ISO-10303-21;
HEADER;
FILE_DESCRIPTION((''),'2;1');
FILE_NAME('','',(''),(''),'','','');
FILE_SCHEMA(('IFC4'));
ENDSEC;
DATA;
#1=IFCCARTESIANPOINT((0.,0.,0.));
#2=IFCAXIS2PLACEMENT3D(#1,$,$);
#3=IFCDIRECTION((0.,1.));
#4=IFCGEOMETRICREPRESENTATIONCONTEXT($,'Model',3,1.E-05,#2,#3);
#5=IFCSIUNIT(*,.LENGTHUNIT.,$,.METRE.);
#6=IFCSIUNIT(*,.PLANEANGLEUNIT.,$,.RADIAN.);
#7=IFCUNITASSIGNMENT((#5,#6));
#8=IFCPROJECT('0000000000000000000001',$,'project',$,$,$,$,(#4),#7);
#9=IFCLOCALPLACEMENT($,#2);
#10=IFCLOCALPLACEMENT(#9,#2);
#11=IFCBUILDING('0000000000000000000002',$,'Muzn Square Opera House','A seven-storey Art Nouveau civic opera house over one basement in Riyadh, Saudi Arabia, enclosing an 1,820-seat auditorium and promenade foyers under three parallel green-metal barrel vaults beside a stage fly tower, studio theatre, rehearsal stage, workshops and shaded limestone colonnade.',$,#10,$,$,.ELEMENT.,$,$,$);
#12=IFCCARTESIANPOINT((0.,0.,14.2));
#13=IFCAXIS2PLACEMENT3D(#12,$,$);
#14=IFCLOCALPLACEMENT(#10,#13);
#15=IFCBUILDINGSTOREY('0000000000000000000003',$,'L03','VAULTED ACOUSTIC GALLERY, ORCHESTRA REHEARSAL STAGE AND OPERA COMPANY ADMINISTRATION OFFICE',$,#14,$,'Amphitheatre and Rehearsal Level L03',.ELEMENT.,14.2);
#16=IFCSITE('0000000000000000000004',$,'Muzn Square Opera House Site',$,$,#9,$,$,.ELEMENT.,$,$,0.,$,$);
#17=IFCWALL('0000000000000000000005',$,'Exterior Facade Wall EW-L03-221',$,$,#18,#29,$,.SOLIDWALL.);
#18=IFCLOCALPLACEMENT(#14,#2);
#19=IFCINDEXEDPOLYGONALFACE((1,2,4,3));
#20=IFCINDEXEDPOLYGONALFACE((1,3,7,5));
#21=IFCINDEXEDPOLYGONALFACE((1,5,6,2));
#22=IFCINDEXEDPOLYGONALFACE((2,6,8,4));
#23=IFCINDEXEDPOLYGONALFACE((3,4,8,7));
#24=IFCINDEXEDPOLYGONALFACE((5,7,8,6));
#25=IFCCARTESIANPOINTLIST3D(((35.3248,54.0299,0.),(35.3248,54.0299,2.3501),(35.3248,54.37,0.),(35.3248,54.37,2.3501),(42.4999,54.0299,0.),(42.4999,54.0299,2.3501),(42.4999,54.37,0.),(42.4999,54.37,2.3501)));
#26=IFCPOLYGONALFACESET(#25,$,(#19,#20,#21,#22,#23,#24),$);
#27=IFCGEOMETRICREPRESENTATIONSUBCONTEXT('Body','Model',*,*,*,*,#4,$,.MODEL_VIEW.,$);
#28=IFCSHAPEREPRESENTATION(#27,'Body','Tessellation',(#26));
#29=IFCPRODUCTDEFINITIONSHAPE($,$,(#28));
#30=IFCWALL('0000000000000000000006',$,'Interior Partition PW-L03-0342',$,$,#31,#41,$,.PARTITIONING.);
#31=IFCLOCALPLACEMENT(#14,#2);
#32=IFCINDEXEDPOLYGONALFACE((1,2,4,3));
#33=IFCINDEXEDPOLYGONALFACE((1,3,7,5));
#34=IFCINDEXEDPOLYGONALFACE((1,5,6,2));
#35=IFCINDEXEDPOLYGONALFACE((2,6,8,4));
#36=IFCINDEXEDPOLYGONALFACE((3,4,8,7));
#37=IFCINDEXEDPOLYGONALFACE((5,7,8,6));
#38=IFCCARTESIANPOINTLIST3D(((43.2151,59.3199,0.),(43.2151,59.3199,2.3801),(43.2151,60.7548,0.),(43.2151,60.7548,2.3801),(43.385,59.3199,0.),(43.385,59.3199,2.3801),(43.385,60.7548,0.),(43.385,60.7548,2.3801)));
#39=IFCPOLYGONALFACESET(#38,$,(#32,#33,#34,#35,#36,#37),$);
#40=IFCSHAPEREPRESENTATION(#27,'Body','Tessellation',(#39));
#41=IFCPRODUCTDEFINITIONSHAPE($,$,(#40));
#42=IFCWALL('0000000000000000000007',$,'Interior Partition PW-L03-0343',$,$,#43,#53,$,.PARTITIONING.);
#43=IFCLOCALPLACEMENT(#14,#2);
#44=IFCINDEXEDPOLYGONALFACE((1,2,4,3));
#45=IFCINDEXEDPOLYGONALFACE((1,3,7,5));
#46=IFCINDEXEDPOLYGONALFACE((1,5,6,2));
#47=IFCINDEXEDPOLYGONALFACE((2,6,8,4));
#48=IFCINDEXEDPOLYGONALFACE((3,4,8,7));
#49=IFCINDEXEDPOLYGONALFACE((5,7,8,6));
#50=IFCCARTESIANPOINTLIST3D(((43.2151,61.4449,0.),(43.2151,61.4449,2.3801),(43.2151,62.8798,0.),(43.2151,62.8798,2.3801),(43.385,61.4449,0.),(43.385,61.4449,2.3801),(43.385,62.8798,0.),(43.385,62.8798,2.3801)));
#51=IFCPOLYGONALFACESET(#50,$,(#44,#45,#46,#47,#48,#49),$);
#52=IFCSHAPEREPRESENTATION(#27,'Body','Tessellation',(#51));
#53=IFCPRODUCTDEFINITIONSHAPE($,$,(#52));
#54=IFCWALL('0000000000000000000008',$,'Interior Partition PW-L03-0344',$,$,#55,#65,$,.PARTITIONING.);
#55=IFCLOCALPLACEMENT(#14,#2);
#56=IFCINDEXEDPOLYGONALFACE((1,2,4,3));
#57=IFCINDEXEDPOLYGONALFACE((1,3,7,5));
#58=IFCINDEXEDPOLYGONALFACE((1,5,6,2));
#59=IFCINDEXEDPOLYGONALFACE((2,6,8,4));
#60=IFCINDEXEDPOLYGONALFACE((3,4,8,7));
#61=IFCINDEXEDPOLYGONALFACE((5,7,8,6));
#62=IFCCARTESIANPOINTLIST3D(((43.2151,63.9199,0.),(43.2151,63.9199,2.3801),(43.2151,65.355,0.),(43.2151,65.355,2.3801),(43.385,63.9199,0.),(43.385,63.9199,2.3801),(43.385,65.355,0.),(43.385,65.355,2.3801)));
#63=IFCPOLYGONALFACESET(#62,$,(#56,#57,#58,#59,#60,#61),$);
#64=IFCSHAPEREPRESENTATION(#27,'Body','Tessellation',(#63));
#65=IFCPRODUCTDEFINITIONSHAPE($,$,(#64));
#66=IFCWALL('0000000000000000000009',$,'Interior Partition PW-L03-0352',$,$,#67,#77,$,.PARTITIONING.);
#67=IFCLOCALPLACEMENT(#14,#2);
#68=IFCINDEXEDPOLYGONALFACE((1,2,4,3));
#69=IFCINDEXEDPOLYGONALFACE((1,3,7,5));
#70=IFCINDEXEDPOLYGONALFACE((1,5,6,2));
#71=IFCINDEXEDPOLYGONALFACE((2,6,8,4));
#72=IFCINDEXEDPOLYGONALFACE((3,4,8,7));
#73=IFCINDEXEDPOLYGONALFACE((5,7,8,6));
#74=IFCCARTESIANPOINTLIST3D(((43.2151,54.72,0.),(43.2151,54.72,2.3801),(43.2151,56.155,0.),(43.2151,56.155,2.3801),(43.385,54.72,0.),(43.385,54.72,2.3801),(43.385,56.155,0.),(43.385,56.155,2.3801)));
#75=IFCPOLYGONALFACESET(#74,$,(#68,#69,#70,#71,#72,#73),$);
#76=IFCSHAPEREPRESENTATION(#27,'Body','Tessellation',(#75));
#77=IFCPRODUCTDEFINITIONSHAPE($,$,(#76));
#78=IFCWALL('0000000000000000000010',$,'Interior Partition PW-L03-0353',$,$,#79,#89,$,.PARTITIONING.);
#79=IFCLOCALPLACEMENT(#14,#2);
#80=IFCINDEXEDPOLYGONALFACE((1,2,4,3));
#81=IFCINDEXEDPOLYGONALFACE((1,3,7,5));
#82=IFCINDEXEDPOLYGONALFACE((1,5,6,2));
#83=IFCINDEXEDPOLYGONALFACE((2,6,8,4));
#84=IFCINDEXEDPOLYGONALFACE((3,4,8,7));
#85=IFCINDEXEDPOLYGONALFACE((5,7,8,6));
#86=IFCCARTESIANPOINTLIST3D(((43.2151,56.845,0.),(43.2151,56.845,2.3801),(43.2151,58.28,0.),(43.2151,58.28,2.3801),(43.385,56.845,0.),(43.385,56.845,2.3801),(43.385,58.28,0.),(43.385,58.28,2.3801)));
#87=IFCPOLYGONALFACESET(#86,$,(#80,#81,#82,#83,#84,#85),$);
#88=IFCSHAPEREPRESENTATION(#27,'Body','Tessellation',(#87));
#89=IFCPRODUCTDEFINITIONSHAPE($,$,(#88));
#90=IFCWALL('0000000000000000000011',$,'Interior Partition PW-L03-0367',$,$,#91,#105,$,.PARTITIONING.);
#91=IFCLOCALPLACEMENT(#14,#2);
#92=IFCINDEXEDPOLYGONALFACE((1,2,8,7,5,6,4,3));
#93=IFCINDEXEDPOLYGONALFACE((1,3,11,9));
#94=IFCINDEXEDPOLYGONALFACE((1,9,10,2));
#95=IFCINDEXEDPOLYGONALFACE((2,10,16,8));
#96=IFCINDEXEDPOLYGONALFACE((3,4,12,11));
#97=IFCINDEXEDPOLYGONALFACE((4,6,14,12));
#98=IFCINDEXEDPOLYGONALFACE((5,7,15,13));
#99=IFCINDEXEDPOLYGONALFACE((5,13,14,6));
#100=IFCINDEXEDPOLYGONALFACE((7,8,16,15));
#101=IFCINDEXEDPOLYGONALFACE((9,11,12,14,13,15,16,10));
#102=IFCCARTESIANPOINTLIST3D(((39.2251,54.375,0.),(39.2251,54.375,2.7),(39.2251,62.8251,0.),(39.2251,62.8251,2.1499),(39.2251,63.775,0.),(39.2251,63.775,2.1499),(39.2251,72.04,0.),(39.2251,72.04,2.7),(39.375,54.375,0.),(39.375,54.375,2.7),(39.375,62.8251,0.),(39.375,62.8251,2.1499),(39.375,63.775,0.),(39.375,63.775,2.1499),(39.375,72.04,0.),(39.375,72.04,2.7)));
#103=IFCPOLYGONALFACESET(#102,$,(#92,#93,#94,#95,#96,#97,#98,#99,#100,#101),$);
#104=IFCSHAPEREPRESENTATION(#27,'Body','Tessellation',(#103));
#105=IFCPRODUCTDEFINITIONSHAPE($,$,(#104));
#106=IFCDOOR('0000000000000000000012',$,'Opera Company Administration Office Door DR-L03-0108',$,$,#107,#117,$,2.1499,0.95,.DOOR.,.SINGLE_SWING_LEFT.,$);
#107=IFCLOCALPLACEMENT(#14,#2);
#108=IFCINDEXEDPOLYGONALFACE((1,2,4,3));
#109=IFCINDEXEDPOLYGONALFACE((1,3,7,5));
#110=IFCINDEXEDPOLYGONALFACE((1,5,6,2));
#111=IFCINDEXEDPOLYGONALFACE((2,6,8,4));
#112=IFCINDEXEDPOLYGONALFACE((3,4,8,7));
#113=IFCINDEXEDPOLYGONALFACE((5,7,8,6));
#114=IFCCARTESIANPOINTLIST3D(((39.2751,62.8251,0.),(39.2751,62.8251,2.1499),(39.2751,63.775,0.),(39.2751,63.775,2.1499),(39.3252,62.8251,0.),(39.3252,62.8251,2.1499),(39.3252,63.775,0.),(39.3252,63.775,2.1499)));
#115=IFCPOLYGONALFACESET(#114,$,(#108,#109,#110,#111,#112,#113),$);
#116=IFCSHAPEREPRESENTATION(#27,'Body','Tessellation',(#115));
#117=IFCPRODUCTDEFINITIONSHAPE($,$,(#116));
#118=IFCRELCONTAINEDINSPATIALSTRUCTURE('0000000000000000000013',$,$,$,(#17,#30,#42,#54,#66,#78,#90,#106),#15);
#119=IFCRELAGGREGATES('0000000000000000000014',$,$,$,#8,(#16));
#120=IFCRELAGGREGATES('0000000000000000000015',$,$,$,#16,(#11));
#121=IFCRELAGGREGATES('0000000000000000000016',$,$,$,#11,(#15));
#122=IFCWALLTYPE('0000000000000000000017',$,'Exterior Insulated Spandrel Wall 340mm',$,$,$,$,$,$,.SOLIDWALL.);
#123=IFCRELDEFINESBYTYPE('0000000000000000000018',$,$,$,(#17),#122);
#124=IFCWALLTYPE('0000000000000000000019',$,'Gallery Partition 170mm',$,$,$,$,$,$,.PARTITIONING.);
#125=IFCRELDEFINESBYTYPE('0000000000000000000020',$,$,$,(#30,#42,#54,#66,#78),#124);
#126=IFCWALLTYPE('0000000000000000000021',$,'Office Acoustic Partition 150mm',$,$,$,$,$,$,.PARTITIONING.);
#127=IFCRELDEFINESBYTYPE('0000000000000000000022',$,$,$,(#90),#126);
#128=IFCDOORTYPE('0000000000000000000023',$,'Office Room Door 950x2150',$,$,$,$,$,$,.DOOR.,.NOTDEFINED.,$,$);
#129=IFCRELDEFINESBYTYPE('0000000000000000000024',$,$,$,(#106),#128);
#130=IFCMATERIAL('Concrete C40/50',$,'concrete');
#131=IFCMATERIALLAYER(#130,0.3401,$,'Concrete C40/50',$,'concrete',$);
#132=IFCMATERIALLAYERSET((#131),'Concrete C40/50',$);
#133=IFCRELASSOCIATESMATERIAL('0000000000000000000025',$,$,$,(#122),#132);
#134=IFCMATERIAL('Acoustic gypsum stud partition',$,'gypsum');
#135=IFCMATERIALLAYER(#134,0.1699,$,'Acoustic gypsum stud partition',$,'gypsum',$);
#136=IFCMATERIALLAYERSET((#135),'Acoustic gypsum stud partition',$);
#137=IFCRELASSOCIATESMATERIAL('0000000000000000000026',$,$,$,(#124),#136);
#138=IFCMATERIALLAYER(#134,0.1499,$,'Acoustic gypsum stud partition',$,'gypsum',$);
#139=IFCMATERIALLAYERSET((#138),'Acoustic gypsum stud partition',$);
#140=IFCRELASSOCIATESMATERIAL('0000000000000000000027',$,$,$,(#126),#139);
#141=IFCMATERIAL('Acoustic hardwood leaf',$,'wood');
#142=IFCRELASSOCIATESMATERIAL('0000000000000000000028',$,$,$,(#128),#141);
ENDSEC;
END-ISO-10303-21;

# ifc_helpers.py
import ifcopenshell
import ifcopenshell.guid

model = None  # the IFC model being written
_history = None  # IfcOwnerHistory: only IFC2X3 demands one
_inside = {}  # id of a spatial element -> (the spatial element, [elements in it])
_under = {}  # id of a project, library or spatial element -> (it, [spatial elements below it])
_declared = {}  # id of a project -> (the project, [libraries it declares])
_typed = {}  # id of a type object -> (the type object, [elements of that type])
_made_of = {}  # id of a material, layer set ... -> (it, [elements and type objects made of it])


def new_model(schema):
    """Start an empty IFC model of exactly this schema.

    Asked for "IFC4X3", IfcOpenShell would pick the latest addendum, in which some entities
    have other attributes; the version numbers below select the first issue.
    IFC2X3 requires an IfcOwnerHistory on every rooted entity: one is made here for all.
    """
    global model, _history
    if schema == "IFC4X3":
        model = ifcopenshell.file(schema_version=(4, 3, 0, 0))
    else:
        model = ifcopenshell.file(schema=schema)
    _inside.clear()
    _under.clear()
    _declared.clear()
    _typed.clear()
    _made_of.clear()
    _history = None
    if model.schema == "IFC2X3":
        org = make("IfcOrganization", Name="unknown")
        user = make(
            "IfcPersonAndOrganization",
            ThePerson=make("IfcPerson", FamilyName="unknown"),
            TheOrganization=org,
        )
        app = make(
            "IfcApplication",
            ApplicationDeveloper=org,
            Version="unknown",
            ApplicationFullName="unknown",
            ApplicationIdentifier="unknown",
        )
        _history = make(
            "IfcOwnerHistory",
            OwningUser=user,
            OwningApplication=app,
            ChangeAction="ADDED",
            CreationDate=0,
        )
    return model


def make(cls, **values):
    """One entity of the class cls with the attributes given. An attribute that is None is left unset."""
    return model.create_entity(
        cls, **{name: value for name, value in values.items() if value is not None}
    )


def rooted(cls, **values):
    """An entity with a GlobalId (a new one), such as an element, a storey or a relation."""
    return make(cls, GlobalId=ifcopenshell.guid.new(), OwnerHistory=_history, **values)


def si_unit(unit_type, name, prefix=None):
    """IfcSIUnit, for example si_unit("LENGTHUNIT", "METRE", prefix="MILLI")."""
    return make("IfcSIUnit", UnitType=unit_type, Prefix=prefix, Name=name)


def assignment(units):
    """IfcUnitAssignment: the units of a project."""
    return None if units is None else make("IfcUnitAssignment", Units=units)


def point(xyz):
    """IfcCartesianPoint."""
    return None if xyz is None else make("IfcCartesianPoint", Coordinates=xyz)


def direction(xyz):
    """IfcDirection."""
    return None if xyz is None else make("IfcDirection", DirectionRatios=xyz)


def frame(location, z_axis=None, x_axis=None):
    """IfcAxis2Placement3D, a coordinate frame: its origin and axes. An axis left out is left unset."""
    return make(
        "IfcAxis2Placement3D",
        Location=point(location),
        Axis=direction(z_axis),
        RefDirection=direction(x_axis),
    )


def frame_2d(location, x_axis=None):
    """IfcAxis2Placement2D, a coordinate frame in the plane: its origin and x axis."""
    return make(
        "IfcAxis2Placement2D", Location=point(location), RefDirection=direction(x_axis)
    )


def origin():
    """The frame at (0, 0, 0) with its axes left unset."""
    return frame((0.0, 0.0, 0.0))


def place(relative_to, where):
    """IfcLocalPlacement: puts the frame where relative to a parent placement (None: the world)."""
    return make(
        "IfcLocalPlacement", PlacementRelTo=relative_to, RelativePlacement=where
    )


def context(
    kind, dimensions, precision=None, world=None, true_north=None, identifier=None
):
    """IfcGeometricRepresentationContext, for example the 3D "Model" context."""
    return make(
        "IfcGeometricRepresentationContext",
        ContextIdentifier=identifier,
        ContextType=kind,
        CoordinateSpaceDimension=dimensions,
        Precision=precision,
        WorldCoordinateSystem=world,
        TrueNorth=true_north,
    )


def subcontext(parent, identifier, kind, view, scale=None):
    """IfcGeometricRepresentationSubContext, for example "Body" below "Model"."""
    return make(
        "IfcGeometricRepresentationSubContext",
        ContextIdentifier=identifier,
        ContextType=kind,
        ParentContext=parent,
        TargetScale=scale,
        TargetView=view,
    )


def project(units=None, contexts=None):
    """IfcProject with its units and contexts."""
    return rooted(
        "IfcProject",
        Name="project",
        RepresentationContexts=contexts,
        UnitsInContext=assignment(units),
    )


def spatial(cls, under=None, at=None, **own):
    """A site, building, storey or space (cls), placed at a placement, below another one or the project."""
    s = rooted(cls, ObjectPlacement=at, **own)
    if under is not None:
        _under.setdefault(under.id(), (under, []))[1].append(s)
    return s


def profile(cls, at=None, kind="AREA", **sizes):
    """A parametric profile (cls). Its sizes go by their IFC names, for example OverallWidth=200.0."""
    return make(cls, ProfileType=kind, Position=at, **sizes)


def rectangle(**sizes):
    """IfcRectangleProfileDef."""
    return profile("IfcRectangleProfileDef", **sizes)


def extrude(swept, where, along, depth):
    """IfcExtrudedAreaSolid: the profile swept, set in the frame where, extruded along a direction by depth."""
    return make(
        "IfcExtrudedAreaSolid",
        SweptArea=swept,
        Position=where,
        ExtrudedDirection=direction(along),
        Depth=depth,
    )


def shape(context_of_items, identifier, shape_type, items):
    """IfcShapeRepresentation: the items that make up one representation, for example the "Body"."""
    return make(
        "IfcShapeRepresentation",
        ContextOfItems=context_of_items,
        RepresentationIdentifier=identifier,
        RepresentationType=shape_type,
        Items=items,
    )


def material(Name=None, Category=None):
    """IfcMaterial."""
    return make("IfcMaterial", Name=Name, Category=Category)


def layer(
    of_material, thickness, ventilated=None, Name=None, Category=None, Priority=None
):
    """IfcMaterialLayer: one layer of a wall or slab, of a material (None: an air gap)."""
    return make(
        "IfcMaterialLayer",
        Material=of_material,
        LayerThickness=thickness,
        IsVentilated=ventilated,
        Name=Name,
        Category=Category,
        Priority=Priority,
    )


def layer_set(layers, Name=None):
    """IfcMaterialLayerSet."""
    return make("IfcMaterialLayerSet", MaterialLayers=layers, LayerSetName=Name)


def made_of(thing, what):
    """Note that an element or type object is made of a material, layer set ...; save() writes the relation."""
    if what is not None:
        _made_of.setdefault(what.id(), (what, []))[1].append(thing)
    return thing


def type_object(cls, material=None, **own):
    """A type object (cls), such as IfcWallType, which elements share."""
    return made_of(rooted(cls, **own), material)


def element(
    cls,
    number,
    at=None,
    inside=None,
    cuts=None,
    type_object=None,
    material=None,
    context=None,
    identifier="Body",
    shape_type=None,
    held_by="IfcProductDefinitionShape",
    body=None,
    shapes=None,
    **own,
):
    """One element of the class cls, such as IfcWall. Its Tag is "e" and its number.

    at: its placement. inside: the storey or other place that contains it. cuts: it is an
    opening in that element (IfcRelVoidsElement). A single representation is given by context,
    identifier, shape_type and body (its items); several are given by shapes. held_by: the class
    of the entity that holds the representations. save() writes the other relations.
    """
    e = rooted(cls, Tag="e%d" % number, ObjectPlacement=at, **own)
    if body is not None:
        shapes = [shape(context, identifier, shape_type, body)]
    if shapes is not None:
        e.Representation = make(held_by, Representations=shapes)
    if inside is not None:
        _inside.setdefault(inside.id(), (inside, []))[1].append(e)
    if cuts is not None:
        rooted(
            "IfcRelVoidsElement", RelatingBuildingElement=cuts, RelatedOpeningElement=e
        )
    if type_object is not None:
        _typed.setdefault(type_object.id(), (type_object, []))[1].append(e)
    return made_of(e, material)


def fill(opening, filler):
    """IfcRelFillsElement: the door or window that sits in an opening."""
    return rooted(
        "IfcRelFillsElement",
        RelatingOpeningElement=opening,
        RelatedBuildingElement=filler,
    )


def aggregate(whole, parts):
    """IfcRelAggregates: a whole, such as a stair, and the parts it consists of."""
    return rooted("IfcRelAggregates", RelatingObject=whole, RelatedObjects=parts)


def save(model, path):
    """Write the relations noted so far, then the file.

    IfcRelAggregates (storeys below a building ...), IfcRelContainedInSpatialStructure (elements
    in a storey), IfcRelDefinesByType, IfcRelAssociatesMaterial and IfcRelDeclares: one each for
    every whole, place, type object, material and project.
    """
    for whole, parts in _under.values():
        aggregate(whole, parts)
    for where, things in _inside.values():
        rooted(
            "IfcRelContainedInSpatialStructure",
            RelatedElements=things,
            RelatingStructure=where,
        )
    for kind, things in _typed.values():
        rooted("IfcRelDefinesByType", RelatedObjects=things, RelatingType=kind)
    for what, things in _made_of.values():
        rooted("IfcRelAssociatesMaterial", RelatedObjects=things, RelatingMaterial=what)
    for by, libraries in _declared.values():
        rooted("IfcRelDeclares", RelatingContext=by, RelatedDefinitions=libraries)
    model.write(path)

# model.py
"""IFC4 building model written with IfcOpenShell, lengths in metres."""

from ifc_helpers import new_model, si_unit, direction, frame, frame_2d, origin, place, context, subcontext, project, spatial, rectangle, extrude, material, layer, layer_set, type_object, element, fill, save


model = new_model("IFC4")

# Units and contexts
model_context = context("Model", 3, precision=1e-05, world=origin(), true_north=direction((0.0, 1.0)))
body_context = subcontext(model_context, "Body", "Model", "MODEL_VIEW")
ifc_project = project(units=[si_unit("LENGTHUNIT", "METRE"), si_unit("PLANEANGLEUNIT", "RADIAN")], contexts=[model_context])

# Site, building, storey
site_placement = place(None, origin())
site = spatial("IfcSite", under=ifc_project, at=site_placement, Name="Muzn Square Opera House Site", CompositionType="ELEMENT", RefElevation=0.0)
building_placement = place(site_placement, origin())
building = spatial("IfcBuilding", under=site, at=building_placement, Name="Muzn Square Opera House", Description="A seven-storey Art Nouveau civic opera house over one basement in Riyadh, Saudi Arabia, enclosing an 1,820-seat auditorium and promenade foyers under three parallel green-metal barrel vaults beside a stage fly tower, studio theatre, rehearsal stage, workshops and shaded limestone colonnade.", CompositionType="ELEMENT")
storey_placement = place(building_placement, frame((0.0, 0.0, 14.2)))
storey = spatial("IfcBuildingStorey", under=building, at=storey_placement, Name="L03", Description="VAULTED ACOUSTIC GALLERY, ORCHESTRA REHEARSAL STAGE AND OPERA COMPANY ADMINISTRATION OFFICE", LongName="Amphitheatre and Rehearsal Level L03", CompositionType="ELEMENT", Elevation=14.2)

# Shared definitions
ifc_material_1 = material(Name="Concrete C40/50", Category="concrete")

# Walls
ifc_layer_1 = layer(ifc_material_1, 0.3401, Name="Concrete C40/50", Category="concrete")
ifc_layer_set_1 = layer_set([ifc_layer_1], Name="Concrete C40/50")
wall_type_1 = type_object("IfcWallType", Name="Exterior Insulated Spandrel Wall 340mm", PredefinedType="SOLIDWALL", material=ifc_layer_set_1)
wall_1_placement = place(storey_placement, frame((35.325, 54.2, 0.0), z_axis=(0.0, 0.0, 1.0), x_axis=(1.0, 0.0, 0.0)))
element("IfcWall", 1, at=wall_1_placement, inside=storey, type_object=wall_type_1, Name="Exterior Facade Wall EW-L03-221", PredefinedType="SOLIDWALL", context=body_context, shape_type="SweptSolid", body=[
    extrude(rectangle(XDim=7.175, YDim=0.3401, at=frame_2d((3.5874, 0.0))), origin(), (0.0, 0.0, 1.0), 2.3501),
])
ifc_material_2 = material(Name="Acoustic gypsum stud partition", Category="gypsum")
ifc_layer_2 = layer(ifc_material_2, 0.1699, Name="Acoustic gypsum stud partition", Category="gypsum")
ifc_layer_set_2 = layer_set([ifc_layer_2], Name="Acoustic gypsum stud partition")
wall_type_2 = type_object("IfcWallType", Name="Gallery Partition 170mm", PredefinedType="PARTITIONING", material=ifc_layer_set_2)
for number, where, z_axis, x_axis, name in (
    (2, (43.3, 59.3201, 0.0), (0.0, 0.0, 1.0), (0.0, 1.0, 0.0), "Interior Partition PW-L03-0342"),
    (3, (43.3, 61.4451, 0.0), (0.0, 0.0, 1.0), (0.0, 1.0, 0.0), "Interior Partition PW-L03-0343"),
):
    element("IfcWall", number, at=place(storey_placement, frame(where, z_axis=z_axis, x_axis=x_axis)), inside=storey, type_object=wall_type_2, Name=name, PredefinedType="PARTITIONING", context=body_context, shape_type="SweptSolid", body=[
        extrude(rectangle(XDim=1.4348, YDim=0.1699, at=frame_2d((0.7173, 0.0))), origin(), (0.0, 0.0, 1.0), 2.3801),
    ])
for number, where, z_axis, x_axis, name in (
    (4, (43.3, 63.9199, 0.0), (0.0, 0.0, 1.0), (0.0, 1.0, 0.0), "Interior Partition PW-L03-0344"),
    (5, (43.3, 54.72, 0.0), (0.0, 0.0, 1.0), (0.0, 1.0, 0.0), "Interior Partition PW-L03-0352"),
    (6, (43.3, 56.845, 0.0), (0.0, 0.0, 1.0), (0.0, 1.0, 0.0), "Interior Partition PW-L03-0353"),
):
    element("IfcWall", number, at=place(storey_placement, frame(where, z_axis=z_axis, x_axis=x_axis)), inside=storey, type_object=wall_type_2, Name=name, PredefinedType="PARTITIONING", context=body_context, shape_type="SweptSolid", body=[
        extrude(rectangle(XDim=1.4351, YDim=0.1699, at=frame_2d((0.7175, 0.0))), origin(), (0.0, 0.0, 1.0), 2.3801),
    ])

# Wall, opening, door
ifc_layer_3 = layer(ifc_material_2, 0.1499, Name="Acoustic gypsum stud partition", Category="gypsum")
ifc_layer_set_3 = layer_set([ifc_layer_3], Name="Acoustic gypsum stud partition")
wall_type_3 = type_object("IfcWallType", Name="Office Acoustic Partition 150mm", PredefinedType="PARTITIONING", material=ifc_layer_set_3)
wall_2_placement = place(storey_placement, frame((39.3, 54.375, 0.0), z_axis=(0.0, 0.0, 1.0), x_axis=(0.0, 1.0, 0.0)))
wall_2 = element("IfcWall", 7, at=wall_2_placement, inside=storey, type_object=wall_type_3, Name="Interior Partition PW-L03-0367", PredefinedType="PARTITIONING", context=body_context, shape_type="SweptSolid", body=[
    extrude(rectangle(XDim=17.665, YDim=0.1499, at=frame_2d((8.8325, 0.0))), origin(), (0.0, 0.0, 1.0), 2.7),
])
opening_placement = place(wall_2_placement, frame((8.45, 0.0, 0.0)))
opening = element("IfcOpeningElement", 8, at=opening_placement, cuts=wall_2, PredefinedType="OPENING", context=body_context, shape_type="SweptSolid", body=[
    extrude(rectangle(XDim=0.95, YDim=2.1499, at=frame_2d((0.4751, 1.075))), frame((0.0, 0.085, 0.0), z_axis=(0.0, -1.0, 0.0), x_axis=(1.0, 0.0, 0.0)), (0.0, 0.0, 1.0), 0.1699),
])
ifc_material_3 = material(Name="Acoustic hardwood leaf", Category="wood")
door_type = type_object("IfcDoorType", Name="Office Room Door 950x2150", OperationType="NOTDEFINED", PredefinedType="DOOR", material=ifc_material_3)
door_placement = place(opening_placement, origin())
door = element("IfcDoor", 9, at=door_placement, inside=storey, type_object=door_type, Name="Opera Company Administration Office Door DR-L03-0108", OperationType="SINGLE_SWING_LEFT", OverallHeight=2.1499, OverallWidth=0.95, PredefinedType="DOOR", context=body_context, shape_type="SweptSolid", body=[
    extrude(rectangle(XDim=0.95, YDim=2.1499, at=frame_2d((0.4751, 1.075))), frame((0.0, 0.0249, 0.0), z_axis=(0.0, -1.0, 0.0), x_axis=(1.0, 0.0, 0.0)), (0.0, 0.0, 1.0), 0.05),
])
fill(opening, door)

save(model, "model.ifc")
